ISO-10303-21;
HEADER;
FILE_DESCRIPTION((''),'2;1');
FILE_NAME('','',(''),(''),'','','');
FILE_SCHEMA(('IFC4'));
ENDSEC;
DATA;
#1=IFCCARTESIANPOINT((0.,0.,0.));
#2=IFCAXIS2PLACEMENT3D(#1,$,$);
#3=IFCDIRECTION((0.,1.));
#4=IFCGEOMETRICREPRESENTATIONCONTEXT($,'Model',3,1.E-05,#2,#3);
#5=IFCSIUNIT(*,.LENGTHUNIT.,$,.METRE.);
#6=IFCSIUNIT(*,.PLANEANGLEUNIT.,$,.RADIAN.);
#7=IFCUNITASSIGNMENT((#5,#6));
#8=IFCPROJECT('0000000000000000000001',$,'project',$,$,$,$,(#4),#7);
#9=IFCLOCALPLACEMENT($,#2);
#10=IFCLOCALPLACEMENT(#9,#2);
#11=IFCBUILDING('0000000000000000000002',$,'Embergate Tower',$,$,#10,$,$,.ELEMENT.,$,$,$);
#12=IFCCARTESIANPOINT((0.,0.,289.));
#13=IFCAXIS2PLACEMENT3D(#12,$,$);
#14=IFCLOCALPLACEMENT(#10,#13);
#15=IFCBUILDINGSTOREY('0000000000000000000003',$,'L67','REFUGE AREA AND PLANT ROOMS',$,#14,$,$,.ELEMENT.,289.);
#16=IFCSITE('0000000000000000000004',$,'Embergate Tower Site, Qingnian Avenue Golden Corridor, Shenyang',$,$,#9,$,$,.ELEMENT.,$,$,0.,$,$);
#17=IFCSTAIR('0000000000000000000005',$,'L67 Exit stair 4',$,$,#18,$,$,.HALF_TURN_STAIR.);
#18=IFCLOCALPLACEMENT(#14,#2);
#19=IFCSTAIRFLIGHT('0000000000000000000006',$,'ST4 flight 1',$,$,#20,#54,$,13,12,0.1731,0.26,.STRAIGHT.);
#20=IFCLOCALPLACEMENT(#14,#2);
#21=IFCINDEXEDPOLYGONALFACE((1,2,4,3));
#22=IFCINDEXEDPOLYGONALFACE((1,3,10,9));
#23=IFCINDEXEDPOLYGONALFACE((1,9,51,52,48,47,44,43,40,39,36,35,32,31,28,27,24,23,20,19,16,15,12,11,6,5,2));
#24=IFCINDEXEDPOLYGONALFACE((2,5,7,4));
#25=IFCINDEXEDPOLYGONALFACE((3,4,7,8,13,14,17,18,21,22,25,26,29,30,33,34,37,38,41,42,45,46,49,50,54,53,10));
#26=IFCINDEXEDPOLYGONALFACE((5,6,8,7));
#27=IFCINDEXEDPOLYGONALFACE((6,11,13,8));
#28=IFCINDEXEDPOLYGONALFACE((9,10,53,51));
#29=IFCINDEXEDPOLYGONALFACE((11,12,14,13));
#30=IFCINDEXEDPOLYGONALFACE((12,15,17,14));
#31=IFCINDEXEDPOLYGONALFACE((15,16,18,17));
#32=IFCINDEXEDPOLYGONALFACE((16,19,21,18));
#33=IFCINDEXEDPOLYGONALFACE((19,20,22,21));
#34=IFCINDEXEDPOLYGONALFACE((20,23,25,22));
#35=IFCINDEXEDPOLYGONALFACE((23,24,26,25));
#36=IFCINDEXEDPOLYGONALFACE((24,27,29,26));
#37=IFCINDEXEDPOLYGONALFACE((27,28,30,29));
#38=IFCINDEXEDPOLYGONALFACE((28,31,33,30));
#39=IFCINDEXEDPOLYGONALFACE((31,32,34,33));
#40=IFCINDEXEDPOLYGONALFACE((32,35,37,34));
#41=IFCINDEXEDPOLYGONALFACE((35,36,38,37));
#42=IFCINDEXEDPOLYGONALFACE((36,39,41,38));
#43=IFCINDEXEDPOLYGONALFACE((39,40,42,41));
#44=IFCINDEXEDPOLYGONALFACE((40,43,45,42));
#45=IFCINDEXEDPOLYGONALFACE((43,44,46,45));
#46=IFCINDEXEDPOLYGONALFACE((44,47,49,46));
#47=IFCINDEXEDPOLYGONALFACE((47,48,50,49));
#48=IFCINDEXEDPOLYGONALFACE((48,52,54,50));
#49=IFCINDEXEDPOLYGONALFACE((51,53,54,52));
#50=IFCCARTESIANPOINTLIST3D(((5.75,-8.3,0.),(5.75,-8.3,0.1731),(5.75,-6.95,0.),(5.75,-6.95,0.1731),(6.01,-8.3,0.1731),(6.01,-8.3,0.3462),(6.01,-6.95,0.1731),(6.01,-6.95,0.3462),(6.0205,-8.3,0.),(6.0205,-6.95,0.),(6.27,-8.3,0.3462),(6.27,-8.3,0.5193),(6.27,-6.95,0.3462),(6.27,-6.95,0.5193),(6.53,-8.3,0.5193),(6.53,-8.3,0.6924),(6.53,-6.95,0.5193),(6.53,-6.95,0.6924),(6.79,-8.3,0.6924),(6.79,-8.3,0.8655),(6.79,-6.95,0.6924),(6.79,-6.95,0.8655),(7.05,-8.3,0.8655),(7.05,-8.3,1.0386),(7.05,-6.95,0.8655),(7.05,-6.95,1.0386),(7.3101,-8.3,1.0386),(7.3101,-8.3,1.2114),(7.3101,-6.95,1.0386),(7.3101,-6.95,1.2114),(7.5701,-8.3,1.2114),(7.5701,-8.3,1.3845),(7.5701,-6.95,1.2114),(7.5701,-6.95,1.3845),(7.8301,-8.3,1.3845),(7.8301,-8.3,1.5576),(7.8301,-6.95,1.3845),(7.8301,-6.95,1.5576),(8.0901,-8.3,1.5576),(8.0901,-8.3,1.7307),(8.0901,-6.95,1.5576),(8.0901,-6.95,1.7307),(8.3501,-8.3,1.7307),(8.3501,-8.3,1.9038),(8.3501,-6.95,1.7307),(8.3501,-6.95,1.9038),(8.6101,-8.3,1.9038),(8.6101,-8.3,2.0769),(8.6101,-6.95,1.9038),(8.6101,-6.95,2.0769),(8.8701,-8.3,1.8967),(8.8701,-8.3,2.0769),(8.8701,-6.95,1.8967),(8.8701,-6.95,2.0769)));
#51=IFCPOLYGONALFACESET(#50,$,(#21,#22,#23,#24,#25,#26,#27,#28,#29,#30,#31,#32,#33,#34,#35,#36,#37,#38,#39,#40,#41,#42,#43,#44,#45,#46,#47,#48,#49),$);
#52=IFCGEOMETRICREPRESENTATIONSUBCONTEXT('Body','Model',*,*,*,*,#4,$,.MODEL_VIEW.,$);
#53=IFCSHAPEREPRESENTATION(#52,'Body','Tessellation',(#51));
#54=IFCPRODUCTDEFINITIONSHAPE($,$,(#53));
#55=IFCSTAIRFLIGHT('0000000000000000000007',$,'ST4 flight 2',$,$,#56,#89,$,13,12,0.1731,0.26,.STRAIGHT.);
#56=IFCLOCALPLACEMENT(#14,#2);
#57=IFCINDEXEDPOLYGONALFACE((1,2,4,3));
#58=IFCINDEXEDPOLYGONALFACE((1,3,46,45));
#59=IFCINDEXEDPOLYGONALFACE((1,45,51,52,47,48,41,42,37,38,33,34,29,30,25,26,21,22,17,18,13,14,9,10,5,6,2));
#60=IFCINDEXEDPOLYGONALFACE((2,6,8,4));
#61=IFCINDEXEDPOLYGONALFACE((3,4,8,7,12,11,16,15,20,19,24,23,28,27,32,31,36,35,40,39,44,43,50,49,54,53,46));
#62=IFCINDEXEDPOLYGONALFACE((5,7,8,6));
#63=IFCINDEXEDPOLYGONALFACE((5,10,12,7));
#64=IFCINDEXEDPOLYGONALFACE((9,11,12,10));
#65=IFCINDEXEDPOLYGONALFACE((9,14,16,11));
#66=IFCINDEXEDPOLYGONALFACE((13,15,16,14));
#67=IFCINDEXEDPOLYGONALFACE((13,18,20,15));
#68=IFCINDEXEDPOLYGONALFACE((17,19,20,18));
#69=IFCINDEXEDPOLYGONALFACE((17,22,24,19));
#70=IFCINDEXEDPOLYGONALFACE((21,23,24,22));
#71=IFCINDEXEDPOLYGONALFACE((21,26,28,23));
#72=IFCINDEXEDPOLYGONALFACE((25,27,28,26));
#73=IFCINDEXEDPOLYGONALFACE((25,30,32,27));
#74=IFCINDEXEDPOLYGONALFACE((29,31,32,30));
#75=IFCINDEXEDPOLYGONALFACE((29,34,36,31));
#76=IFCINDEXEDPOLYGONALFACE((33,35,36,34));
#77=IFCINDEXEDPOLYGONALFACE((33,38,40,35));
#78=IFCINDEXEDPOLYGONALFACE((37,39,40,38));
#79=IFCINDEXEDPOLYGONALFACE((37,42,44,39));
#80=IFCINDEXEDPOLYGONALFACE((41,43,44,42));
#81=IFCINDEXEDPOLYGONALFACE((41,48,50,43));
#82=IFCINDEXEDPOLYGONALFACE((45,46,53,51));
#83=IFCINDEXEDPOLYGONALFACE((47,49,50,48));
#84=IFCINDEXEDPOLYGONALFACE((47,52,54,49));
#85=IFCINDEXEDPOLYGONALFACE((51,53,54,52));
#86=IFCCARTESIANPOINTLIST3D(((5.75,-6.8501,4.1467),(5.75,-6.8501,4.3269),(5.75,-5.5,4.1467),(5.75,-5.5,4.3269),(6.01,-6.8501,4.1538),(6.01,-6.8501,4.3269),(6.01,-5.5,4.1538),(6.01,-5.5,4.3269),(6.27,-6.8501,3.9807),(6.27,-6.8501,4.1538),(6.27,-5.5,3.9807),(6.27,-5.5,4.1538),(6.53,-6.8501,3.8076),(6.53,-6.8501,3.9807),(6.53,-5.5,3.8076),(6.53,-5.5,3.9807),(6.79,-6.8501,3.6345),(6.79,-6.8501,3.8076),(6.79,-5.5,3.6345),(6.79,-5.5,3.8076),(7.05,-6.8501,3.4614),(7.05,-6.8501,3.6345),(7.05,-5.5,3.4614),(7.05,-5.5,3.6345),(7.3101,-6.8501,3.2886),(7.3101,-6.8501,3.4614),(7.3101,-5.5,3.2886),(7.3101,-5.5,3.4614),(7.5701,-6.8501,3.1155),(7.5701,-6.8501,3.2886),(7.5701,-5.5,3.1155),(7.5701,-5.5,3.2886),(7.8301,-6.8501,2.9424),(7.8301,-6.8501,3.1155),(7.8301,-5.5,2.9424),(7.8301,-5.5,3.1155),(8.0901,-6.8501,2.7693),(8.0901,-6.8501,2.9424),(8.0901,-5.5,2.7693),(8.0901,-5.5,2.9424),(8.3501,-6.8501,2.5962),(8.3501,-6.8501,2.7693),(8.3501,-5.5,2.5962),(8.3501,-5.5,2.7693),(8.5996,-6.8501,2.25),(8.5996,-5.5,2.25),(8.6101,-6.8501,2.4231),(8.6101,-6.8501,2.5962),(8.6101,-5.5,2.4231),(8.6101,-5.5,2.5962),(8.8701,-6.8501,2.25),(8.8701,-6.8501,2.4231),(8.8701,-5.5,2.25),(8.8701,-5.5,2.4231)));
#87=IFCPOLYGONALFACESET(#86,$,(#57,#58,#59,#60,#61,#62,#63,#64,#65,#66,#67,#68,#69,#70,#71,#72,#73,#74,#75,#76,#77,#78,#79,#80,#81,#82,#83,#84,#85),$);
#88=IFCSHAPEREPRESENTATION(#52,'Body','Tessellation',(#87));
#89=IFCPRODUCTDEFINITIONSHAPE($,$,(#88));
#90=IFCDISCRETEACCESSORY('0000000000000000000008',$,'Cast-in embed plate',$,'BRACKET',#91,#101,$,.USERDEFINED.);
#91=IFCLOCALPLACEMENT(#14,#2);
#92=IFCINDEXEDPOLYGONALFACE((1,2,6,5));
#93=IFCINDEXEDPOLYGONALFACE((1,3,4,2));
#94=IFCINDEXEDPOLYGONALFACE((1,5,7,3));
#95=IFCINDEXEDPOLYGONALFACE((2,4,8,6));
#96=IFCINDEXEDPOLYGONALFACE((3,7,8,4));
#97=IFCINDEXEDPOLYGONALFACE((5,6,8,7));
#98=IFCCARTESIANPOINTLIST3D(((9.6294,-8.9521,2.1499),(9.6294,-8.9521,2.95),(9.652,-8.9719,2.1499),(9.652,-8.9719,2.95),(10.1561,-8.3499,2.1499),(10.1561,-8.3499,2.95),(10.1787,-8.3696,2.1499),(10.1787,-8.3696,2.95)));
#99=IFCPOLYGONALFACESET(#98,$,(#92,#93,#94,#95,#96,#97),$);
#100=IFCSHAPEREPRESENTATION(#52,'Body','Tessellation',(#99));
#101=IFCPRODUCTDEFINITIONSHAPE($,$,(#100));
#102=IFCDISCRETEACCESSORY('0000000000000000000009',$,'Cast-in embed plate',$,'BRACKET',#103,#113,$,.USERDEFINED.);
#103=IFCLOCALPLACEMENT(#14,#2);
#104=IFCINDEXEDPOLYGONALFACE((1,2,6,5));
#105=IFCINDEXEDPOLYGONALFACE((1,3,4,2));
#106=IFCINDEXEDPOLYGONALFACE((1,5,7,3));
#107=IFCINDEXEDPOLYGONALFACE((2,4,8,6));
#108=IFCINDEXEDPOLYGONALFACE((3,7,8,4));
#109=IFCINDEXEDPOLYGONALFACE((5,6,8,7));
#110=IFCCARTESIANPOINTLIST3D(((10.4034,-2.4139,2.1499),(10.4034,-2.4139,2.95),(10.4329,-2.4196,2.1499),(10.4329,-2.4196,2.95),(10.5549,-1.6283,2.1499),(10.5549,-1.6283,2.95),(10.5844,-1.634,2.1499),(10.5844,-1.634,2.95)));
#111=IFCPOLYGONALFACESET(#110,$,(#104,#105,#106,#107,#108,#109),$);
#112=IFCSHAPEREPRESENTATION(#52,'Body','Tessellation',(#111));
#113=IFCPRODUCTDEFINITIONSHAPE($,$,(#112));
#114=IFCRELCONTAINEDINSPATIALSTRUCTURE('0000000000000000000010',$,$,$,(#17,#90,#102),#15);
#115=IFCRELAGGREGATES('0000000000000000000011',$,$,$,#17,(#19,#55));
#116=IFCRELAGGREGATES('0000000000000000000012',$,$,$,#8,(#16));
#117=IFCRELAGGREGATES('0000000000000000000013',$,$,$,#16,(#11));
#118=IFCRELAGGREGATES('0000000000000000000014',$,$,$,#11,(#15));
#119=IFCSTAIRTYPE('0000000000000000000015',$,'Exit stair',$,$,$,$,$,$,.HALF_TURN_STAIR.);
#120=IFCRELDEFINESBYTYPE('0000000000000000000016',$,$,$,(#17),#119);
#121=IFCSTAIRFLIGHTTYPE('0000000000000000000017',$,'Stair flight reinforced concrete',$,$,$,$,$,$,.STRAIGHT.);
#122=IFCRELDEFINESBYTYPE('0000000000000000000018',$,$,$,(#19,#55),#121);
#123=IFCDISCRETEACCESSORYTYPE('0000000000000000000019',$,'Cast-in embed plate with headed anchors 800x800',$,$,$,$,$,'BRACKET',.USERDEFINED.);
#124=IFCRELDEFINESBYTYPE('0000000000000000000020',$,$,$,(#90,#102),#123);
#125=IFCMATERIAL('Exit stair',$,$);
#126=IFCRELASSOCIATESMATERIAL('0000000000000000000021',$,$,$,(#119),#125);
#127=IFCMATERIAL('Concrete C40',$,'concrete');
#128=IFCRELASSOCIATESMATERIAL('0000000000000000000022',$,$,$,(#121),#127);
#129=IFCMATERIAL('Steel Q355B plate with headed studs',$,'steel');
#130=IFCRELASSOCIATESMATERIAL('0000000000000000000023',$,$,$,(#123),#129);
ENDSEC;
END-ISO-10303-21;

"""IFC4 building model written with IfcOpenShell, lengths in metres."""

from ifc_helpers import new_model, si_unit, direction, frame, origin, origin_2d, place, context, subcontext, project, spatial, polyline, rectangle, outline, extrude, source, transform, mapped, material, type_object, element, aggregate, save


model = new_model("IFC4")

# Units and contexts
model_context = context("Model", 3, precision=1e-05, world=origin(), true_north=direction((0.0, 1.0)))
body_context = subcontext(model_context, "Body", "Model", "MODEL_VIEW")
ifc_project = project(units=[si_unit("LENGTHUNIT", "METRE"), si_unit("PLANEANGLEUNIT", "RADIAN")], contexts=[model_context])

# Site, building, storey
site_placement = place(None, origin())
site = spatial("IfcSite", under=ifc_project, at=site_placement, Name="Embergate Tower Site, Qingnian Avenue Golden Corridor, Shenyang", CompositionType="ELEMENT", RefElevation=0.0)
building_placement = place(site_placement, origin())
building = spatial("IfcBuilding", under=site, at=building_placement, Name="Embergate Tower", CompositionType="ELEMENT")
storey_placement = place(building_placement, frame((0.0, 0.0, 289.0)))
storey = spatial("IfcBuildingStorey", under=building, at=storey_placement, Name="L67", Description="REFUGE AREA AND PLANT ROOMS", CompositionType="ELEMENT", Elevation=289.0)

# Stair
ifc_material_1 = material(Name="Exit stair")
stair_type = type_object("IfcStairType", Name="Exit stair", PredefinedType="HALF_TURN_STAIR", material=ifc_material_1)
stair_placement = place(storey_placement, origin())
stair = element("IfcStair", 1, at=stair_placement, inside=storey, type_object=stair_type, Name="L67 Exit stair 4", PredefinedType="HALF_TURN_STAIR")
ifc_material_2 = material(Name="Concrete C40", Category="concrete")

# Stair flights
stair_flight_type = type_object("IfcStairFlightType", Name="Stair flight reinforced concrete", PredefinedType="STRAIGHT", material=ifc_material_2)
shared_shape_1 = source(origin(), body_context, "Body", "SweptSolid", [
    extrude(outline(polyline([(0.0, 0.0), (0.0, 0.1731), (0.26, 0.1731), (0.26, 0.3462), (0.52, 0.3462), (0.52, 0.5193), (0.78, 0.5193), (0.78, 0.6924), (1.04, 0.6924), (1.04, 0.8655), (1.3, 0.8655), (1.3, 1.0386), (1.5601, 1.0386), (1.5601, 1.2114), (1.8201, 1.2114), (1.8201, 1.3845), (2.0801, 1.3845), (2.0801, 1.5576), (2.3401, 1.5576), (2.3401, 1.7307), (2.6001, 1.7307), (2.6001, 1.9038), (2.8601, 1.9038), (2.8601, 2.0769), (3.1201, 2.0769), (3.1201, 2.25), (3.1201, 1.8967), (0.2705, 0.0), (0.0, 0.0)])), frame((0.0, 0.675, 0.0), z_axis=(0.0, -1.0, 0.0), x_axis=(1.0, 0.0, 0.0)), (0.0, 0.0, 1.0), 1.3501),
])
stair_flight_1_placement = place(storey_placement, frame((5.75, -7.625, 0.0), z_axis=(0.0, 0.0, 1.0), x_axis=(1.0, 0.0, 0.0)))
stair_flight_1 = element("IfcStairFlight", 2, at=stair_flight_1_placement, type_object=stair_flight_type, Name="ST4 flight 1", NumberOfRisers=13, NumberOfTreads=12, PredefinedType="STRAIGHT", RiserHeight=0.1731, TreadLength=0.26, context=body_context, shape_type="MappedRepresentation", body=[
    mapped(shared_shape_1, transform((0.0, 0.0, 0.0))),
])
stair_flight_2_placement = place(storey_placement, frame((8.8701, -6.175, 2.25), z_axis=(0.0, 0.0, 1.0), x_axis=(-1.0, 0.0, 0.0)))
stair_flight_2 = element("IfcStairFlight", 3, at=stair_flight_2_placement, type_object=stair_flight_type, Name="ST4 flight 2", NumberOfRisers=13, NumberOfTreads=12, PredefinedType="STRAIGHT", RiserHeight=0.1731, TreadLength=0.26, context=body_context, shape_type="MappedRepresentation", body=[
    mapped(shared_shape_1, transform((0.0, 0.0, 0.0))),
])
aggregate(stair, [stair_flight_1, stair_flight_2])

# Discrete accessories
ifc_material_3 = material(Name="Steel Q355B plate with headed studs", Category="steel")
discrete_accessory_type = type_object("IfcDiscreteAccessoryType", Name="Cast-in embed plate with headed anchors 800x800", ElementType="BRACKET", PredefinedType="USERDEFINED", material=ifc_material_3)
shared_shape_2 = source(origin(), body_context, "Body", "SweptSolid", [
    extrude(rectangle(XDim=0.03, YDim=0.8, at=origin_2d()), origin(), (0.0, 0.0, 1.0), 0.8),
])
for number, where, z_axis, x_axis, name in (
    (4, (9.9041, -8.6609, 2.1499), (0.0, 0.0, 1.0), (0.752771, -0.658282, 0.0), "Cast-in embed plate"),
    (5, (10.4939, -2.0239, 2.1499), (0.0, 0.0, 1.0), (0.981899, -0.189404, 0.0), "Cast-in embed plate"),
):
    element("IfcDiscreteAccessory", number, at=place(storey_placement, frame(where, z_axis=z_axis, x_axis=x_axis)), inside=storey, type_object=discrete_accessory_type, Name=name, ObjectType="BRACKET", PredefinedType="USERDEFINED", context=body_context, shape_type="MappedRepresentation", body=[
        mapped(shared_shape_2, transform((0.0, 0.0, 0.0))),
    ])

save(model, "model.ifc")
